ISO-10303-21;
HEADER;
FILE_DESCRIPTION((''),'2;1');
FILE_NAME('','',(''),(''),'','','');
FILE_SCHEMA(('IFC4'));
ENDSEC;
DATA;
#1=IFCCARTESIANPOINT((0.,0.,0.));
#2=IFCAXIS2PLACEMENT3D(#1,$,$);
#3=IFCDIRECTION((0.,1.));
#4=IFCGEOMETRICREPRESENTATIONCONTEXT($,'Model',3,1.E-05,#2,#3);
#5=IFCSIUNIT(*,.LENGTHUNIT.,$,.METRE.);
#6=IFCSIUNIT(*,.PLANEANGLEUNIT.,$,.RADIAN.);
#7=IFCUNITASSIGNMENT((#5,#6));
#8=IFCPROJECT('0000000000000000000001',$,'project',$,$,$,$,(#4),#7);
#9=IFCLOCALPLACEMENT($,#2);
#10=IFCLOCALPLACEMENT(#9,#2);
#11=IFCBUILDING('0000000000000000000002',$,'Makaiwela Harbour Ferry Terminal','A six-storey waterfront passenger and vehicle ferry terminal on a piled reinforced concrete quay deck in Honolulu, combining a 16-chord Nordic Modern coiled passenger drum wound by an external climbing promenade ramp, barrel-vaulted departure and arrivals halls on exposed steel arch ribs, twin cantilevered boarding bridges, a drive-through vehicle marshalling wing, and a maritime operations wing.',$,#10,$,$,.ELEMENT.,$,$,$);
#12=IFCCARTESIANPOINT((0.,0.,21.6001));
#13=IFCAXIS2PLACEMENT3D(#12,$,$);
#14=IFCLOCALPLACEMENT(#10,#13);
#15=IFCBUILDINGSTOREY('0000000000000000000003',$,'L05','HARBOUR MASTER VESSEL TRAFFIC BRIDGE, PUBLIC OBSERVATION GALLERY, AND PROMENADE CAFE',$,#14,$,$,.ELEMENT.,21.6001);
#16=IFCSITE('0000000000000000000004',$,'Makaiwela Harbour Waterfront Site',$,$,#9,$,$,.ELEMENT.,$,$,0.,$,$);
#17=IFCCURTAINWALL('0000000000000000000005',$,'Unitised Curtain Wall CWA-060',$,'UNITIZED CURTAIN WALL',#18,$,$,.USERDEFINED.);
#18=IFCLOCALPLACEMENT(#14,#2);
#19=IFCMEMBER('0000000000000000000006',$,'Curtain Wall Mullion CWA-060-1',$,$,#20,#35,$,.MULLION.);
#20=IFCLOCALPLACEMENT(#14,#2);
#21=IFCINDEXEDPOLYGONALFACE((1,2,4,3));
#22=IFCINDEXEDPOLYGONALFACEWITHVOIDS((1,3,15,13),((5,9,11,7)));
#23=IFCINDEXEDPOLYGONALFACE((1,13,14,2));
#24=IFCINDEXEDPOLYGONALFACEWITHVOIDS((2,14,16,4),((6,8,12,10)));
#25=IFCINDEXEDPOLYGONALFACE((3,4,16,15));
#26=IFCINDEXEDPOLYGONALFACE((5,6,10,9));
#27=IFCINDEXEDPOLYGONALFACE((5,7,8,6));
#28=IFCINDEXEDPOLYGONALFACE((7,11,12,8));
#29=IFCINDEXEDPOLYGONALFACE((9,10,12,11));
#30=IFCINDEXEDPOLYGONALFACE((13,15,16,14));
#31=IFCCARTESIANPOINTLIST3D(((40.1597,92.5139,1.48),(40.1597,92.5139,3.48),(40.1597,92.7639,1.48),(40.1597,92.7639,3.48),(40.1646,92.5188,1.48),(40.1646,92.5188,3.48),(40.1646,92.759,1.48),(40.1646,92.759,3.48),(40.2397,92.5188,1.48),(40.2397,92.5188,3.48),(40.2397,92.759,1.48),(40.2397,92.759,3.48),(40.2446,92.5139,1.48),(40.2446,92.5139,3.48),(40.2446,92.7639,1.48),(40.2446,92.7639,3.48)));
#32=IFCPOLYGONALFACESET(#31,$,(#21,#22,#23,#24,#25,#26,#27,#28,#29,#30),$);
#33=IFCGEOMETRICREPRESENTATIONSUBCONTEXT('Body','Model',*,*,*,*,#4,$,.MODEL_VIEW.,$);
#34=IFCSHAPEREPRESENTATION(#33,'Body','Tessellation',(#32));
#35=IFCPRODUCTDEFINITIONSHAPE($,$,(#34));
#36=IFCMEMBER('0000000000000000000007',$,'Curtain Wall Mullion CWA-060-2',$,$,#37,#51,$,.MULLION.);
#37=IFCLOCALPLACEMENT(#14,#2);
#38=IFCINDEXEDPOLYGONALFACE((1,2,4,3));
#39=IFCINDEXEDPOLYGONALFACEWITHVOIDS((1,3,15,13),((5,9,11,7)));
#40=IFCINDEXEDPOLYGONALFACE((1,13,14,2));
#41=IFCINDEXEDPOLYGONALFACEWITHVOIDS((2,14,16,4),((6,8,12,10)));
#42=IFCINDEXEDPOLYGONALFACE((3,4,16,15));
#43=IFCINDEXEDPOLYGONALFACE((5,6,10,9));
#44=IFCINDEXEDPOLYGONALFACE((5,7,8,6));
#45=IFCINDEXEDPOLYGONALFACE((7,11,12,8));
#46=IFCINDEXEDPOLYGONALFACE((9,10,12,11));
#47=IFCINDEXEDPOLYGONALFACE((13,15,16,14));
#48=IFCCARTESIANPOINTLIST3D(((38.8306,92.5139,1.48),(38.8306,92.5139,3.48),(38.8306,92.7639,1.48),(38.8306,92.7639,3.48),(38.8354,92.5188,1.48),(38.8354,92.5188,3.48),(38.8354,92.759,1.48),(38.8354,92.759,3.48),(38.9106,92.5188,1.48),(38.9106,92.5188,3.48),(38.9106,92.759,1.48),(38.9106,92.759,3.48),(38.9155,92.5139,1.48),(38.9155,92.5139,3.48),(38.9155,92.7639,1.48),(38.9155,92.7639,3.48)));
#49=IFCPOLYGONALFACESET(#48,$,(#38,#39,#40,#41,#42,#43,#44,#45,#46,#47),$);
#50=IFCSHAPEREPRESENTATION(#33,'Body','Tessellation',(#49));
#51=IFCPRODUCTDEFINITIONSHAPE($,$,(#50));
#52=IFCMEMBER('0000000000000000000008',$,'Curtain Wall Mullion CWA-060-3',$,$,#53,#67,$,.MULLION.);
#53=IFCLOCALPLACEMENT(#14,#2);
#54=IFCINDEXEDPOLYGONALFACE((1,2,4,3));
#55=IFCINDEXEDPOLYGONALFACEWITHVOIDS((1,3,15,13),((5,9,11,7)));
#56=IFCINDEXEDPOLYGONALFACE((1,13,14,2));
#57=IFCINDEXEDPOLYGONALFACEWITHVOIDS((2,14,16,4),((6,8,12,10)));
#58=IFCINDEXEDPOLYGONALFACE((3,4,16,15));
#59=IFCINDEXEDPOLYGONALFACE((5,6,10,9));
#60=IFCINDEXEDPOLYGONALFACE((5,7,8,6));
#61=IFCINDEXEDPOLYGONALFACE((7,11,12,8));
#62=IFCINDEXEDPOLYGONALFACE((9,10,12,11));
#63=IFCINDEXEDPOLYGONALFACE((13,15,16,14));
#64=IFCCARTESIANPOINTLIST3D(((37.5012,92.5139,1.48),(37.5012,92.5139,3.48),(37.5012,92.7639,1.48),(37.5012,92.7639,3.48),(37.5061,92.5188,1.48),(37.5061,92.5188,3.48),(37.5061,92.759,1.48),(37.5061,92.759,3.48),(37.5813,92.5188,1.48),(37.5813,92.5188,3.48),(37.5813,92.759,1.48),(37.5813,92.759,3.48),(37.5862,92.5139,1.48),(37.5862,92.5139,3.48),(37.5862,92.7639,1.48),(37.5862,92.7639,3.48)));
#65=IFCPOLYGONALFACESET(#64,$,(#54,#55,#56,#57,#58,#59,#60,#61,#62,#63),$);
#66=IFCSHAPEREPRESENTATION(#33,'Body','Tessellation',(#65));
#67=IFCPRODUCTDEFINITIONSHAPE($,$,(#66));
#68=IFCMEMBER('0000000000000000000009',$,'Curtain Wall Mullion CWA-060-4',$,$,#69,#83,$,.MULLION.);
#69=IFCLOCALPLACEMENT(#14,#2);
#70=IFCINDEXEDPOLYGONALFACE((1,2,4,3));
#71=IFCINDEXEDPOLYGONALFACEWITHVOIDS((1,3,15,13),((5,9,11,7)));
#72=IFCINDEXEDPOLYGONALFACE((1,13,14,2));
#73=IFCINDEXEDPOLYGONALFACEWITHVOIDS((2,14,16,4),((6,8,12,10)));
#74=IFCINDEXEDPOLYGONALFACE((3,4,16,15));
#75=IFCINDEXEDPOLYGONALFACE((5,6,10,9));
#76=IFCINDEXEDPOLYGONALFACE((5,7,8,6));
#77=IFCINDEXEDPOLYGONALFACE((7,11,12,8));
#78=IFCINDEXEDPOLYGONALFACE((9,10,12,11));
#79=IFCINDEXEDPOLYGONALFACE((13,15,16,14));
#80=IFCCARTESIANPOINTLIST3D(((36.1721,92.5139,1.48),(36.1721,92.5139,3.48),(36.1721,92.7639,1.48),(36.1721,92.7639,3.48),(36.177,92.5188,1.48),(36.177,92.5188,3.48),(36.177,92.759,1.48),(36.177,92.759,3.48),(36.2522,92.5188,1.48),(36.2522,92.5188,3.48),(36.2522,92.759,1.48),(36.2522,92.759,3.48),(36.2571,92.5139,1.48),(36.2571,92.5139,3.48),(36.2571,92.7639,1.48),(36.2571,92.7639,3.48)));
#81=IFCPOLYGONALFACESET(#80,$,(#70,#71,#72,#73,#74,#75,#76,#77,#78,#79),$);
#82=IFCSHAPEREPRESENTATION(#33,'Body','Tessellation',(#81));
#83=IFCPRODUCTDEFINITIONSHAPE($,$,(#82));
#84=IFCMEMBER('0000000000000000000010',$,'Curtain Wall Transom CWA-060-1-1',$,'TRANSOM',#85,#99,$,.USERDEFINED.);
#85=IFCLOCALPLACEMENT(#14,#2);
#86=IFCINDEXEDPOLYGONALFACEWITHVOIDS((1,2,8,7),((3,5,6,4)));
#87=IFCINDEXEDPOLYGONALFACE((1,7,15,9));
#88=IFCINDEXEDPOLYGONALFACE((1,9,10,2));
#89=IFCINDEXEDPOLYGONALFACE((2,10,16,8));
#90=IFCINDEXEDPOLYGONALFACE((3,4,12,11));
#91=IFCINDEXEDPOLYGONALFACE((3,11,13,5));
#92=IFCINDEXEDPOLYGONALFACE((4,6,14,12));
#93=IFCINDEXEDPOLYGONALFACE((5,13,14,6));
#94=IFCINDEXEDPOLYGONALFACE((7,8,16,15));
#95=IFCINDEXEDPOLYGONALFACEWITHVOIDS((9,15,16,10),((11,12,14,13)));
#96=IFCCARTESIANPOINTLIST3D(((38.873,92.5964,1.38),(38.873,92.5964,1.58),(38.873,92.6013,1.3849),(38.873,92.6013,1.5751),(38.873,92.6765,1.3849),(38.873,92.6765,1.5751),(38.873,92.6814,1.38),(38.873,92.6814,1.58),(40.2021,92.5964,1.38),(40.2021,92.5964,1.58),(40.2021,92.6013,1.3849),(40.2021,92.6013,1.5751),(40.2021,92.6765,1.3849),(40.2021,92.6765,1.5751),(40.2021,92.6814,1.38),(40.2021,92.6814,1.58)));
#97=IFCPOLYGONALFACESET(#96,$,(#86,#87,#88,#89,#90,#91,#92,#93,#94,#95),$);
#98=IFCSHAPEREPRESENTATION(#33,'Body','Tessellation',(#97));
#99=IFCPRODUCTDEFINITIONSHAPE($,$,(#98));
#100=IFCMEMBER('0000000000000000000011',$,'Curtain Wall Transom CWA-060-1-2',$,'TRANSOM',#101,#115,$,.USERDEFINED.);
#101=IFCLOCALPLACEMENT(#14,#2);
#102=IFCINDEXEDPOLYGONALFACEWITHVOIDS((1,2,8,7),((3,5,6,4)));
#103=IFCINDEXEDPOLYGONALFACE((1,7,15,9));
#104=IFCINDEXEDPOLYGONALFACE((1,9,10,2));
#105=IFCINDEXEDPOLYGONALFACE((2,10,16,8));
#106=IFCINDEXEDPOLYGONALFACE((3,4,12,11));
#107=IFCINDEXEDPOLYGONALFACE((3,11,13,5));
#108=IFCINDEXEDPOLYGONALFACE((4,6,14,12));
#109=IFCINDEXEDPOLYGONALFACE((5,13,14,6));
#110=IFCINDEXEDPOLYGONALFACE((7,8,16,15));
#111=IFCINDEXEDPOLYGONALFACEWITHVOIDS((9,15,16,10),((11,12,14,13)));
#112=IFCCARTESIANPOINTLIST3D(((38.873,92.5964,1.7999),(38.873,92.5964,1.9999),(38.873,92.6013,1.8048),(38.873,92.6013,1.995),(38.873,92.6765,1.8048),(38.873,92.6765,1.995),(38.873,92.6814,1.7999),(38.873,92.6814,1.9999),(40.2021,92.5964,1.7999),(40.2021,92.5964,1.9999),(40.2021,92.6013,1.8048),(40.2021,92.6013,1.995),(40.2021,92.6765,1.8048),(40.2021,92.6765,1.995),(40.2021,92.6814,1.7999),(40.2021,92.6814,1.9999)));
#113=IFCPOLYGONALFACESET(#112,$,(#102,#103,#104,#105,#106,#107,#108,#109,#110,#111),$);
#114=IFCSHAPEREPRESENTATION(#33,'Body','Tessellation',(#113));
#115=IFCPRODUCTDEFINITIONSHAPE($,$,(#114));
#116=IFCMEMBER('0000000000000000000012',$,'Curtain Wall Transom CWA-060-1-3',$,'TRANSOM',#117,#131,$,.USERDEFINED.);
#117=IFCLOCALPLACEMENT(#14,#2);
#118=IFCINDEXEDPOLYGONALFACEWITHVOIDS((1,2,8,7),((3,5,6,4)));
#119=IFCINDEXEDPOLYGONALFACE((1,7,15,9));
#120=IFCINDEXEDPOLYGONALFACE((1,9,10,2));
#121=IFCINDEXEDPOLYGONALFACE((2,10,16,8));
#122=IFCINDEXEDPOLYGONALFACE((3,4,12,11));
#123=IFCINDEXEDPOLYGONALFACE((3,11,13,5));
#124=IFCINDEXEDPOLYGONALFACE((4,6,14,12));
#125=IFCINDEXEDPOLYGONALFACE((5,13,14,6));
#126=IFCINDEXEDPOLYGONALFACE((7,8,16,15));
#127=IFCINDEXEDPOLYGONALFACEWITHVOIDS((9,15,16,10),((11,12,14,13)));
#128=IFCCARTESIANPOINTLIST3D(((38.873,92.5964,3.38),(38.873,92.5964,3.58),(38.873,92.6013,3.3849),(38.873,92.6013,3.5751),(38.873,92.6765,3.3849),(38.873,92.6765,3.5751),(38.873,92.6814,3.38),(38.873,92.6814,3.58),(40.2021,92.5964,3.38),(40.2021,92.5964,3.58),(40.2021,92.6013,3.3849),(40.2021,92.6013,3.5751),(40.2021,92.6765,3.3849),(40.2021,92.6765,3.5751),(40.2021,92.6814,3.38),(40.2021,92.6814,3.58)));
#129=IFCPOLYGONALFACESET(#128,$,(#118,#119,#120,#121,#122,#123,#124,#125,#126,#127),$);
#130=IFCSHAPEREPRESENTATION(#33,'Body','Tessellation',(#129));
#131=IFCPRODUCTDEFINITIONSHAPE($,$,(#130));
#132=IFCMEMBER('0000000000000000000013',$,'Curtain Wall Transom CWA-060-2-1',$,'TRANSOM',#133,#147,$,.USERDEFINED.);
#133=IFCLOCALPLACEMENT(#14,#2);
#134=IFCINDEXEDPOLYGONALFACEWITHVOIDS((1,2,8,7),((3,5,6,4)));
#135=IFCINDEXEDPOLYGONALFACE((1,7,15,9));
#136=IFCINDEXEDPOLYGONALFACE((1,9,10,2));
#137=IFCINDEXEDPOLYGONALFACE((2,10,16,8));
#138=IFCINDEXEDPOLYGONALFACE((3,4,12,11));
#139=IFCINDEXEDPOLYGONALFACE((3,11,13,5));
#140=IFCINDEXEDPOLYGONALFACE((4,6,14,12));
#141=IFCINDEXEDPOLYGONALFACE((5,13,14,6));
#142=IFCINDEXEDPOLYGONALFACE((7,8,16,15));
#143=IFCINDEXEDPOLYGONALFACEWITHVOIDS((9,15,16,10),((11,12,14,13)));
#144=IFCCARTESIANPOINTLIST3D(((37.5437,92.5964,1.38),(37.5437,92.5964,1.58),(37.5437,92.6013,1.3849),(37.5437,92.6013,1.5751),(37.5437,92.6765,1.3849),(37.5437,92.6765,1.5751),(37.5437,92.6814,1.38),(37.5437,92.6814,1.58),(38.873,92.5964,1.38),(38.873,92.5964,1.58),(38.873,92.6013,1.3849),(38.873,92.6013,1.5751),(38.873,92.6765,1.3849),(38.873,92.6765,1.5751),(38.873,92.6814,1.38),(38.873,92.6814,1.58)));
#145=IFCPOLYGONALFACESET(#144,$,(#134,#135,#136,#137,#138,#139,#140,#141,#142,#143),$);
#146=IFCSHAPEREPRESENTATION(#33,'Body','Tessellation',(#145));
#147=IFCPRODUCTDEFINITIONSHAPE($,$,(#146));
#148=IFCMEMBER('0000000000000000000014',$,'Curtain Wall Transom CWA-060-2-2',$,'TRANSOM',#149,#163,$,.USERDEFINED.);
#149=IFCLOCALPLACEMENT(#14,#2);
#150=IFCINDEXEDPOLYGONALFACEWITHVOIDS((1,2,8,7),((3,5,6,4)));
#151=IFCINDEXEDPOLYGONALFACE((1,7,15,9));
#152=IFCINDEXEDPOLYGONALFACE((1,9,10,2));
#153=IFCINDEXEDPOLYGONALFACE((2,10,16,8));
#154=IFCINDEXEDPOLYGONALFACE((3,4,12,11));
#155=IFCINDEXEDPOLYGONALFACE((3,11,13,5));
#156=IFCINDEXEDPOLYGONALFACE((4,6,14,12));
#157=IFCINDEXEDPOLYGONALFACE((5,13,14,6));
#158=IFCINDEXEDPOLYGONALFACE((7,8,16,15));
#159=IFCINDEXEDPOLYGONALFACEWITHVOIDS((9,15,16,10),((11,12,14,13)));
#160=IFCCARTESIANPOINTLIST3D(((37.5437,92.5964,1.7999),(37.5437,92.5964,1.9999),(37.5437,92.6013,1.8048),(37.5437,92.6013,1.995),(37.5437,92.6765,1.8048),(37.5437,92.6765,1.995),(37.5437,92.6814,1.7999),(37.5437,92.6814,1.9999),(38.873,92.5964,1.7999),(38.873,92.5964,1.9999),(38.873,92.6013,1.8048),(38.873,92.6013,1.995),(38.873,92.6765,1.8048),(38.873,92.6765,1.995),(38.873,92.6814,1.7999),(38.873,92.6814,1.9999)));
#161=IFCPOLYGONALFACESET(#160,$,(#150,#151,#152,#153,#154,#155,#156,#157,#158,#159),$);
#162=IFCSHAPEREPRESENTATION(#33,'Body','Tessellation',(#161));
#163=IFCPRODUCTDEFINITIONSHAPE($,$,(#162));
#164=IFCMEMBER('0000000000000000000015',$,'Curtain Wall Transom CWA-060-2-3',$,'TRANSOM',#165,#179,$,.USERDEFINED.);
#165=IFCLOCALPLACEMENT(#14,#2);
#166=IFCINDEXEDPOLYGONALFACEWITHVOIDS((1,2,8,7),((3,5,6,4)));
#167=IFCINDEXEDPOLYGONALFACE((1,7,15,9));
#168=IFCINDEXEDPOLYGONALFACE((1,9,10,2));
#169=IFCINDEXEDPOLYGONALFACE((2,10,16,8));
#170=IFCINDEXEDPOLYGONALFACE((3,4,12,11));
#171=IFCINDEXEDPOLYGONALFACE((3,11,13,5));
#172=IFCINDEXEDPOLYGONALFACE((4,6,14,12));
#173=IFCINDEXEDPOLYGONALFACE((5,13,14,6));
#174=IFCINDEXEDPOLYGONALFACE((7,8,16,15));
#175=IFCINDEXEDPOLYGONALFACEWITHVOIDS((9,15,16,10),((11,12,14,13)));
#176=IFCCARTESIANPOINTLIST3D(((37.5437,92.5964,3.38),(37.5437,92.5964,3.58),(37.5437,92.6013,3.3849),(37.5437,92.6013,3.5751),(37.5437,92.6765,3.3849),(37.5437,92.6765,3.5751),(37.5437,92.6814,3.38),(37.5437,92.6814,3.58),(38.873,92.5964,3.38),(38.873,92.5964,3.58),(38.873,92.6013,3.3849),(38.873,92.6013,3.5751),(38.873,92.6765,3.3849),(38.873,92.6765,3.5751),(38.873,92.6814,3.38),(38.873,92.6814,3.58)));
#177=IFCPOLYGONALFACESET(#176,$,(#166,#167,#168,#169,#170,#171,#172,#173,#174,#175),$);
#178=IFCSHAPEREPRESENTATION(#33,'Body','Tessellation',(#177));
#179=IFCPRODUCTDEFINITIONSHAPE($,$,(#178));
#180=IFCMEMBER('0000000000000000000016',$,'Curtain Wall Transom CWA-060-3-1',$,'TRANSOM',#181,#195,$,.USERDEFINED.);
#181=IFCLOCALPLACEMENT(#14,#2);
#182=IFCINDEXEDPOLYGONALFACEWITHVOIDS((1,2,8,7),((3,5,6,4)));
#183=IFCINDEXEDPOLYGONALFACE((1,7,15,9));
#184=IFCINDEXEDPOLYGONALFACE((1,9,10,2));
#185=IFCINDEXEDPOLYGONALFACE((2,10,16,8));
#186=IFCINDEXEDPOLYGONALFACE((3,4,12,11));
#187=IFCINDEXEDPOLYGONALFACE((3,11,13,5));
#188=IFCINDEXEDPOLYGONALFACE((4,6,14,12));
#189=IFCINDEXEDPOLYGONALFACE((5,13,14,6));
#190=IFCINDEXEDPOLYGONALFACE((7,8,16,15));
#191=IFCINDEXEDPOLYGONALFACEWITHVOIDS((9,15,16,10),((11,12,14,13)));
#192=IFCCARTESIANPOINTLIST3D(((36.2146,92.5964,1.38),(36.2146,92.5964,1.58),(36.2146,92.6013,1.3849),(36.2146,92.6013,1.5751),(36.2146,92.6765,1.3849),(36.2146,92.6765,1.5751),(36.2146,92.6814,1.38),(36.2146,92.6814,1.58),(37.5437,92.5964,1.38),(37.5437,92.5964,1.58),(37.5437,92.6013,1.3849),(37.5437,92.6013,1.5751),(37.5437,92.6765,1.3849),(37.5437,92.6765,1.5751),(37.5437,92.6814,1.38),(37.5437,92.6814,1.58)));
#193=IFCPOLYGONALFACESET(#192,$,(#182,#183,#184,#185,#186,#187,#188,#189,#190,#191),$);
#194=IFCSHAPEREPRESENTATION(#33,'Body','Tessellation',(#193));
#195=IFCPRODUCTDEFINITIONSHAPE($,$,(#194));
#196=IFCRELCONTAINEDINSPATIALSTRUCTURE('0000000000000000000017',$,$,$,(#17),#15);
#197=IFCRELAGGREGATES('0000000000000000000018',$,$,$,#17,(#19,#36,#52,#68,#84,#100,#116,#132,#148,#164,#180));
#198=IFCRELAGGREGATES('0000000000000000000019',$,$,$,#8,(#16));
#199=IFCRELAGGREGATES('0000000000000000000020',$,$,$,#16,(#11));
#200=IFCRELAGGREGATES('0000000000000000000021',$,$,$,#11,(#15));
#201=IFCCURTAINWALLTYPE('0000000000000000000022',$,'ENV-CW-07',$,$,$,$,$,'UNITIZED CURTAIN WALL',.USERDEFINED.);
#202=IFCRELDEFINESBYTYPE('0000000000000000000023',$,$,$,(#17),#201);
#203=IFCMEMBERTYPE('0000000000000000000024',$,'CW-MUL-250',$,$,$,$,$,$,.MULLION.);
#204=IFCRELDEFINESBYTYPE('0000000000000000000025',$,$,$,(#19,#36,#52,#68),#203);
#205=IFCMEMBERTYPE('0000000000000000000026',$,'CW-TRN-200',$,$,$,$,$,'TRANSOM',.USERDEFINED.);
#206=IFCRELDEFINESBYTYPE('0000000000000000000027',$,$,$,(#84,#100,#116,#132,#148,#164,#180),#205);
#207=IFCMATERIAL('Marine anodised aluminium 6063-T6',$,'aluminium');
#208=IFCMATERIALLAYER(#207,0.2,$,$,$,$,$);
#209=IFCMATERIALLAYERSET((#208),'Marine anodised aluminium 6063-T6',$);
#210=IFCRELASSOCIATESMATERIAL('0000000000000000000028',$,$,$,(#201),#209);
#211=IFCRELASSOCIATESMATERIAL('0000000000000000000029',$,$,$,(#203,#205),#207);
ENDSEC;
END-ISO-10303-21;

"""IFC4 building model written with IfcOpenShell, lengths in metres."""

from ifc_helpers import new_model, si_unit, direction, frame, origin, origin_2d, place, context, subcontext, project, spatial, hollow_rectangle, extrude, material, layer, layer_set, material_profile, profile_set, type_object, element, aggregate, save


model = new_model("IFC4")

# Units and contexts
model_context = context("Model", 3, precision=1e-05, world=origin(), true_north=direction((0.0, 1.0)))
body_context = subcontext(model_context, "Body", "Model", "MODEL_VIEW")
ifc_project = project(units=[si_unit("LENGTHUNIT", "METRE"), si_unit("PLANEANGLEUNIT", "RADIAN")], contexts=[model_context])

# Site, building, storey
site_placement = place(None, origin())
site = spatial("IfcSite", under=ifc_project, at=site_placement, Name="Makaiwela Harbour Waterfront Site", CompositionType="ELEMENT", RefElevation=0.0)
building_placement = place(site_placement, origin())
building = spatial("IfcBuilding", under=site, at=building_placement, Name="Makaiwela Harbour Ferry Terminal", Description="A six-storey waterfront passenger and vehicle ferry terminal on a piled reinforced concrete quay deck in Honolulu, combining a 16-chord Nordic Modern coiled passenger drum wound by an external climbing promenade ramp, barrel-vaulted departure and arrivals halls on exposed steel arch ribs, twin cantilevered boarding bridges, a drive-through vehicle marshalling wing, and a maritime operations wing.", CompositionType="ELEMENT")
storey_placement = place(building_placement, frame((0.0, 0.0, 21.6001)))
storey = spatial("IfcBuildingStorey", under=building, at=storey_placement, Name="L05", Description="HARBOUR MASTER VESSEL TRAFFIC BRIDGE, PUBLIC OBSERVATION GALLERY, AND PROMENADE CAFE", CompositionType="ELEMENT", Elevation=21.6001)

# Curtain wall, members
ifc_material_1 = material(Name="Marine anodised aluminium 6063-T6", Category="aluminium")
ifc_layer_1 = layer(ifc_material_1, 0.2)
ifc_layer_set_1 = layer_set([ifc_layer_1], Name="Marine anodised aluminium 6063-T6")
curtain_wall_type = type_object("IfcCurtainWallType", Name="ENV-CW-07", ElementType="UNITIZED CURTAIN WALL", PredefinedType="USERDEFINED", material=ifc_layer_set_1)
curtain_wall_placement = place(storey_placement, origin())
curtain_wall = element("IfcCurtainWall", 1, at=curtain_wall_placement, inside=storey, type_object=curtain_wall_type, Name="Unitised Curtain Wall CWA-060", ObjectType="UNITIZED CURTAIN WALL", PredefinedType="USERDEFINED")
ifc_material_profile_1 = material_profile(ifc_material_1, hollow_rectangle(XDim=0.085, YDim=0.25, WallThickness=0.0049, at=origin_2d()), Name="CWM-250X85")
ifc_profile_set_1 = profile_set([ifc_material_profile_1], Name="Marine anodised aluminium 6063-T6")
member_type_1 = type_object("IfcMemberType", Name="CW-MUL-250", PredefinedType="MULLION", material=ifc_profile_set_1)
member_1_placement = place(storey_placement, frame((40.2021, 92.6389, 1.48), z_axis=(0.0, 0.0, 1.0), x_axis=(1.0, 0.0, 0.0)))
member_1 = element("IfcMember", 2, at=member_1_placement, type_object=member_type_1, Name="Curtain Wall Mullion CWA-060-1", PredefinedType="MULLION", context=body_context, shape_type="SweptSolid", body=[
    extrude(hollow_rectangle(XDim=0.085, YDim=0.25, WallThickness=0.0049, at=origin_2d()), origin(), (0.0, 0.0, 1.0), 2.0),
])
member_2_placement = place(storey_placement, frame((38.873, 92.6389, 1.48), z_axis=(0.0, 0.0, 1.0), x_axis=(1.0, 0.0, 0.0)))
member_2 = element("IfcMember", 3, at=member_2_placement, type_object=member_type_1, Name="Curtain Wall Mullion CWA-060-2", PredefinedType="MULLION", context=body_context, shape_type="SweptSolid", body=[
    extrude(hollow_rectangle(XDim=0.085, YDim=0.25, WallThickness=0.0049, at=origin_2d()), origin(), (0.0, 0.0, 1.0), 2.0),
])
member_3_placement = place(storey_placement, frame((37.5437, 92.6389, 1.48), z_axis=(0.0, 0.0, 1.0), x_axis=(1.0, 0.0, 0.0)))
member_3 = element("IfcMember", 4, at=member_3_placement, type_object=member_type_1, Name="Curtain Wall Mullion CWA-060-3", PredefinedType="MULLION", context=body_context, shape_type="SweptSolid", body=[
    extrude(hollow_rectangle(XDim=0.085, YDim=0.25, WallThickness=0.0049, at=origin_2d()), origin(), (0.0, 0.0, 1.0), 2.0),
])
member_4_placement = place(storey_placement, frame((36.2146, 92.6389, 1.48), z_axis=(0.0, 0.0, 1.0), x_axis=(1.0, 0.0, 0.0)))
member_4 = element("IfcMember", 5, at=member_4_placement, type_object=member_type_1, Name="Curtain Wall Mullion CWA-060-4", PredefinedType="MULLION", context=body_context, shape_type="SweptSolid", body=[
    extrude(hollow_rectangle(XDim=0.085, YDim=0.25, WallThickness=0.0049, at=origin_2d()), origin(), (0.0, 0.0, 1.0), 2.0),
])
ifc_material_profile_2 = material_profile(ifc_material_1, hollow_rectangle(XDim=0.085, YDim=0.2, WallThickness=0.0049, at=origin_2d()), Name="CWT-200X85")
ifc_profile_set_2 = profile_set([ifc_material_profile_2], Name="Marine anodised aluminium 6063-T6")
member_type_2 = type_object("IfcMemberType", Name="CW-TRN-200", ElementType="TRANSOM", PredefinedType="USERDEFINED", material=ifc_profile_set_2)
member_5_placement = place(storey_placement, frame((40.2021, 92.6389, 1.48), z_axis=(-1.0, 0.0, 0.0), x_axis=(0.0, -1.0, 0.0)))
member_5 = element("IfcMember", 6, at=member_5_placement, type_object=member_type_2, Name="Curtain Wall Transom CWA-060-1-1", ObjectType="TRANSOM", PredefinedType="USERDEFINED", context=body_context, shape_type="SweptSolid", body=[
    extrude(hollow_rectangle(XDim=0.085, YDim=0.2, WallThickness=0.0049, at=origin_2d()), origin(), (0.0, 0.0, 1.0), 1.3291),
])
member_6_placement = place(storey_placement, frame((40.2021, 92.6389, 1.8999), z_axis=(-1.0, 0.0, 0.0), x_axis=(0.0, -1.0, 0.0)))
member_6 = element("IfcMember", 7, at=member_6_placement, type_object=member_type_2, Name="Curtain Wall Transom CWA-060-1-2", ObjectType="TRANSOM", PredefinedType="USERDEFINED", context=body_context, shape_type="SweptSolid", body=[
    extrude(hollow_rectangle(XDim=0.085, YDim=0.2, WallThickness=0.0049, at=origin_2d()), origin(), (0.0, 0.0, 1.0), 1.3291),
])
member_7_placement = place(storey_placement, frame((40.2021, 92.6389, 3.48), z_axis=(-1.0, 0.0, 0.0), x_axis=(0.0, -1.0, 0.0)))
member_7 = element("IfcMember", 8, at=member_7_placement, type_object=member_type_2, Name="Curtain Wall Transom CWA-060-1-3", ObjectType="TRANSOM", PredefinedType="USERDEFINED", context=body_context, shape_type="SweptSolid", body=[
    extrude(hollow_rectangle(XDim=0.085, YDim=0.2, WallThickness=0.0049, at=origin_2d()), origin(), (0.0, 0.0, 1.0), 1.3291),
])
member_8_placement = place(storey_placement, frame((38.873, 92.6389, 1.48), z_axis=(-1.0, 0.0, 0.0), x_axis=(0.0, -1.0, 0.0)))
member_8 = element("IfcMember", 9, at=member_8_placement, type_object=member_type_2, Name="Curtain Wall Transom CWA-060-2-1", ObjectType="TRANSOM", PredefinedType="USERDEFINED", context=body_context, shape_type="SweptSolid", body=[
    extrude(hollow_rectangle(XDim=0.085, YDim=0.2, WallThickness=0.0049, at=origin_2d()), origin(), (0.0, 0.0, 1.0), 1.3293),
])
member_9_placement = place(storey_placement, frame((38.873, 92.6389, 1.8999), z_axis=(-1.0, 0.0, 0.0), x_axis=(0.0, -1.0, 0.0)))
member_9 = element("IfcMember", 10, at=member_9_placement, type_object=member_type_2, Name="Curtain Wall Transom CWA-060-2-2", ObjectType="TRANSOM", PredefinedType="USERDEFINED", context=body_context, shape_type="SweptSolid", body=[
    extrude(hollow_rectangle(XDim=0.085, YDim=0.2, WallThickness=0.0049, at=origin_2d()), origin(), (0.0, 0.0, 1.0), 1.3293),
])
member_10_placement = place(storey_placement, frame((38.873, 92.6389, 3.48), z_axis=(-1.0, 0.0, 0.0), x_axis=(0.0, -1.0, 0.0)))
member_10 = element("IfcMember", 11, at=member_10_placement, type_object=member_type_2, Name="Curtain Wall Transom CWA-060-2-3", ObjectType="TRANSOM", PredefinedType="USERDEFINED", context=body_context, shape_type="SweptSolid", body=[
    extrude(hollow_rectangle(XDim=0.085, YDim=0.2, WallThickness=0.0049, at=origin_2d()), origin(), (0.0, 0.0, 1.0), 1.3293),
])
member_11_placement = place(storey_placement, frame((37.5437, 92.6389, 1.48), z_axis=(-1.0, 0.0, 0.0), x_axis=(0.0, -1.0, 0.0)))
member_11 = element("IfcMember", 12, at=member_11_placement, type_object=member_type_2, Name="Curtain Wall Transom CWA-060-3-1", ObjectType="TRANSOM", PredefinedType="USERDEFINED", context=body_context, shape_type="SweptSolid", body=[
    extrude(hollow_rectangle(XDim=0.085, YDim=0.2, WallThickness=0.0049, at=origin_2d()), origin(), (0.0, 0.0, 1.0), 1.3291),
])
aggregate(curtain_wall, [member_1, member_2, member_3, member_4, member_5, member_6, member_7, member_8, member_9, member_10, member_11])

save(model, "model.ifc")
